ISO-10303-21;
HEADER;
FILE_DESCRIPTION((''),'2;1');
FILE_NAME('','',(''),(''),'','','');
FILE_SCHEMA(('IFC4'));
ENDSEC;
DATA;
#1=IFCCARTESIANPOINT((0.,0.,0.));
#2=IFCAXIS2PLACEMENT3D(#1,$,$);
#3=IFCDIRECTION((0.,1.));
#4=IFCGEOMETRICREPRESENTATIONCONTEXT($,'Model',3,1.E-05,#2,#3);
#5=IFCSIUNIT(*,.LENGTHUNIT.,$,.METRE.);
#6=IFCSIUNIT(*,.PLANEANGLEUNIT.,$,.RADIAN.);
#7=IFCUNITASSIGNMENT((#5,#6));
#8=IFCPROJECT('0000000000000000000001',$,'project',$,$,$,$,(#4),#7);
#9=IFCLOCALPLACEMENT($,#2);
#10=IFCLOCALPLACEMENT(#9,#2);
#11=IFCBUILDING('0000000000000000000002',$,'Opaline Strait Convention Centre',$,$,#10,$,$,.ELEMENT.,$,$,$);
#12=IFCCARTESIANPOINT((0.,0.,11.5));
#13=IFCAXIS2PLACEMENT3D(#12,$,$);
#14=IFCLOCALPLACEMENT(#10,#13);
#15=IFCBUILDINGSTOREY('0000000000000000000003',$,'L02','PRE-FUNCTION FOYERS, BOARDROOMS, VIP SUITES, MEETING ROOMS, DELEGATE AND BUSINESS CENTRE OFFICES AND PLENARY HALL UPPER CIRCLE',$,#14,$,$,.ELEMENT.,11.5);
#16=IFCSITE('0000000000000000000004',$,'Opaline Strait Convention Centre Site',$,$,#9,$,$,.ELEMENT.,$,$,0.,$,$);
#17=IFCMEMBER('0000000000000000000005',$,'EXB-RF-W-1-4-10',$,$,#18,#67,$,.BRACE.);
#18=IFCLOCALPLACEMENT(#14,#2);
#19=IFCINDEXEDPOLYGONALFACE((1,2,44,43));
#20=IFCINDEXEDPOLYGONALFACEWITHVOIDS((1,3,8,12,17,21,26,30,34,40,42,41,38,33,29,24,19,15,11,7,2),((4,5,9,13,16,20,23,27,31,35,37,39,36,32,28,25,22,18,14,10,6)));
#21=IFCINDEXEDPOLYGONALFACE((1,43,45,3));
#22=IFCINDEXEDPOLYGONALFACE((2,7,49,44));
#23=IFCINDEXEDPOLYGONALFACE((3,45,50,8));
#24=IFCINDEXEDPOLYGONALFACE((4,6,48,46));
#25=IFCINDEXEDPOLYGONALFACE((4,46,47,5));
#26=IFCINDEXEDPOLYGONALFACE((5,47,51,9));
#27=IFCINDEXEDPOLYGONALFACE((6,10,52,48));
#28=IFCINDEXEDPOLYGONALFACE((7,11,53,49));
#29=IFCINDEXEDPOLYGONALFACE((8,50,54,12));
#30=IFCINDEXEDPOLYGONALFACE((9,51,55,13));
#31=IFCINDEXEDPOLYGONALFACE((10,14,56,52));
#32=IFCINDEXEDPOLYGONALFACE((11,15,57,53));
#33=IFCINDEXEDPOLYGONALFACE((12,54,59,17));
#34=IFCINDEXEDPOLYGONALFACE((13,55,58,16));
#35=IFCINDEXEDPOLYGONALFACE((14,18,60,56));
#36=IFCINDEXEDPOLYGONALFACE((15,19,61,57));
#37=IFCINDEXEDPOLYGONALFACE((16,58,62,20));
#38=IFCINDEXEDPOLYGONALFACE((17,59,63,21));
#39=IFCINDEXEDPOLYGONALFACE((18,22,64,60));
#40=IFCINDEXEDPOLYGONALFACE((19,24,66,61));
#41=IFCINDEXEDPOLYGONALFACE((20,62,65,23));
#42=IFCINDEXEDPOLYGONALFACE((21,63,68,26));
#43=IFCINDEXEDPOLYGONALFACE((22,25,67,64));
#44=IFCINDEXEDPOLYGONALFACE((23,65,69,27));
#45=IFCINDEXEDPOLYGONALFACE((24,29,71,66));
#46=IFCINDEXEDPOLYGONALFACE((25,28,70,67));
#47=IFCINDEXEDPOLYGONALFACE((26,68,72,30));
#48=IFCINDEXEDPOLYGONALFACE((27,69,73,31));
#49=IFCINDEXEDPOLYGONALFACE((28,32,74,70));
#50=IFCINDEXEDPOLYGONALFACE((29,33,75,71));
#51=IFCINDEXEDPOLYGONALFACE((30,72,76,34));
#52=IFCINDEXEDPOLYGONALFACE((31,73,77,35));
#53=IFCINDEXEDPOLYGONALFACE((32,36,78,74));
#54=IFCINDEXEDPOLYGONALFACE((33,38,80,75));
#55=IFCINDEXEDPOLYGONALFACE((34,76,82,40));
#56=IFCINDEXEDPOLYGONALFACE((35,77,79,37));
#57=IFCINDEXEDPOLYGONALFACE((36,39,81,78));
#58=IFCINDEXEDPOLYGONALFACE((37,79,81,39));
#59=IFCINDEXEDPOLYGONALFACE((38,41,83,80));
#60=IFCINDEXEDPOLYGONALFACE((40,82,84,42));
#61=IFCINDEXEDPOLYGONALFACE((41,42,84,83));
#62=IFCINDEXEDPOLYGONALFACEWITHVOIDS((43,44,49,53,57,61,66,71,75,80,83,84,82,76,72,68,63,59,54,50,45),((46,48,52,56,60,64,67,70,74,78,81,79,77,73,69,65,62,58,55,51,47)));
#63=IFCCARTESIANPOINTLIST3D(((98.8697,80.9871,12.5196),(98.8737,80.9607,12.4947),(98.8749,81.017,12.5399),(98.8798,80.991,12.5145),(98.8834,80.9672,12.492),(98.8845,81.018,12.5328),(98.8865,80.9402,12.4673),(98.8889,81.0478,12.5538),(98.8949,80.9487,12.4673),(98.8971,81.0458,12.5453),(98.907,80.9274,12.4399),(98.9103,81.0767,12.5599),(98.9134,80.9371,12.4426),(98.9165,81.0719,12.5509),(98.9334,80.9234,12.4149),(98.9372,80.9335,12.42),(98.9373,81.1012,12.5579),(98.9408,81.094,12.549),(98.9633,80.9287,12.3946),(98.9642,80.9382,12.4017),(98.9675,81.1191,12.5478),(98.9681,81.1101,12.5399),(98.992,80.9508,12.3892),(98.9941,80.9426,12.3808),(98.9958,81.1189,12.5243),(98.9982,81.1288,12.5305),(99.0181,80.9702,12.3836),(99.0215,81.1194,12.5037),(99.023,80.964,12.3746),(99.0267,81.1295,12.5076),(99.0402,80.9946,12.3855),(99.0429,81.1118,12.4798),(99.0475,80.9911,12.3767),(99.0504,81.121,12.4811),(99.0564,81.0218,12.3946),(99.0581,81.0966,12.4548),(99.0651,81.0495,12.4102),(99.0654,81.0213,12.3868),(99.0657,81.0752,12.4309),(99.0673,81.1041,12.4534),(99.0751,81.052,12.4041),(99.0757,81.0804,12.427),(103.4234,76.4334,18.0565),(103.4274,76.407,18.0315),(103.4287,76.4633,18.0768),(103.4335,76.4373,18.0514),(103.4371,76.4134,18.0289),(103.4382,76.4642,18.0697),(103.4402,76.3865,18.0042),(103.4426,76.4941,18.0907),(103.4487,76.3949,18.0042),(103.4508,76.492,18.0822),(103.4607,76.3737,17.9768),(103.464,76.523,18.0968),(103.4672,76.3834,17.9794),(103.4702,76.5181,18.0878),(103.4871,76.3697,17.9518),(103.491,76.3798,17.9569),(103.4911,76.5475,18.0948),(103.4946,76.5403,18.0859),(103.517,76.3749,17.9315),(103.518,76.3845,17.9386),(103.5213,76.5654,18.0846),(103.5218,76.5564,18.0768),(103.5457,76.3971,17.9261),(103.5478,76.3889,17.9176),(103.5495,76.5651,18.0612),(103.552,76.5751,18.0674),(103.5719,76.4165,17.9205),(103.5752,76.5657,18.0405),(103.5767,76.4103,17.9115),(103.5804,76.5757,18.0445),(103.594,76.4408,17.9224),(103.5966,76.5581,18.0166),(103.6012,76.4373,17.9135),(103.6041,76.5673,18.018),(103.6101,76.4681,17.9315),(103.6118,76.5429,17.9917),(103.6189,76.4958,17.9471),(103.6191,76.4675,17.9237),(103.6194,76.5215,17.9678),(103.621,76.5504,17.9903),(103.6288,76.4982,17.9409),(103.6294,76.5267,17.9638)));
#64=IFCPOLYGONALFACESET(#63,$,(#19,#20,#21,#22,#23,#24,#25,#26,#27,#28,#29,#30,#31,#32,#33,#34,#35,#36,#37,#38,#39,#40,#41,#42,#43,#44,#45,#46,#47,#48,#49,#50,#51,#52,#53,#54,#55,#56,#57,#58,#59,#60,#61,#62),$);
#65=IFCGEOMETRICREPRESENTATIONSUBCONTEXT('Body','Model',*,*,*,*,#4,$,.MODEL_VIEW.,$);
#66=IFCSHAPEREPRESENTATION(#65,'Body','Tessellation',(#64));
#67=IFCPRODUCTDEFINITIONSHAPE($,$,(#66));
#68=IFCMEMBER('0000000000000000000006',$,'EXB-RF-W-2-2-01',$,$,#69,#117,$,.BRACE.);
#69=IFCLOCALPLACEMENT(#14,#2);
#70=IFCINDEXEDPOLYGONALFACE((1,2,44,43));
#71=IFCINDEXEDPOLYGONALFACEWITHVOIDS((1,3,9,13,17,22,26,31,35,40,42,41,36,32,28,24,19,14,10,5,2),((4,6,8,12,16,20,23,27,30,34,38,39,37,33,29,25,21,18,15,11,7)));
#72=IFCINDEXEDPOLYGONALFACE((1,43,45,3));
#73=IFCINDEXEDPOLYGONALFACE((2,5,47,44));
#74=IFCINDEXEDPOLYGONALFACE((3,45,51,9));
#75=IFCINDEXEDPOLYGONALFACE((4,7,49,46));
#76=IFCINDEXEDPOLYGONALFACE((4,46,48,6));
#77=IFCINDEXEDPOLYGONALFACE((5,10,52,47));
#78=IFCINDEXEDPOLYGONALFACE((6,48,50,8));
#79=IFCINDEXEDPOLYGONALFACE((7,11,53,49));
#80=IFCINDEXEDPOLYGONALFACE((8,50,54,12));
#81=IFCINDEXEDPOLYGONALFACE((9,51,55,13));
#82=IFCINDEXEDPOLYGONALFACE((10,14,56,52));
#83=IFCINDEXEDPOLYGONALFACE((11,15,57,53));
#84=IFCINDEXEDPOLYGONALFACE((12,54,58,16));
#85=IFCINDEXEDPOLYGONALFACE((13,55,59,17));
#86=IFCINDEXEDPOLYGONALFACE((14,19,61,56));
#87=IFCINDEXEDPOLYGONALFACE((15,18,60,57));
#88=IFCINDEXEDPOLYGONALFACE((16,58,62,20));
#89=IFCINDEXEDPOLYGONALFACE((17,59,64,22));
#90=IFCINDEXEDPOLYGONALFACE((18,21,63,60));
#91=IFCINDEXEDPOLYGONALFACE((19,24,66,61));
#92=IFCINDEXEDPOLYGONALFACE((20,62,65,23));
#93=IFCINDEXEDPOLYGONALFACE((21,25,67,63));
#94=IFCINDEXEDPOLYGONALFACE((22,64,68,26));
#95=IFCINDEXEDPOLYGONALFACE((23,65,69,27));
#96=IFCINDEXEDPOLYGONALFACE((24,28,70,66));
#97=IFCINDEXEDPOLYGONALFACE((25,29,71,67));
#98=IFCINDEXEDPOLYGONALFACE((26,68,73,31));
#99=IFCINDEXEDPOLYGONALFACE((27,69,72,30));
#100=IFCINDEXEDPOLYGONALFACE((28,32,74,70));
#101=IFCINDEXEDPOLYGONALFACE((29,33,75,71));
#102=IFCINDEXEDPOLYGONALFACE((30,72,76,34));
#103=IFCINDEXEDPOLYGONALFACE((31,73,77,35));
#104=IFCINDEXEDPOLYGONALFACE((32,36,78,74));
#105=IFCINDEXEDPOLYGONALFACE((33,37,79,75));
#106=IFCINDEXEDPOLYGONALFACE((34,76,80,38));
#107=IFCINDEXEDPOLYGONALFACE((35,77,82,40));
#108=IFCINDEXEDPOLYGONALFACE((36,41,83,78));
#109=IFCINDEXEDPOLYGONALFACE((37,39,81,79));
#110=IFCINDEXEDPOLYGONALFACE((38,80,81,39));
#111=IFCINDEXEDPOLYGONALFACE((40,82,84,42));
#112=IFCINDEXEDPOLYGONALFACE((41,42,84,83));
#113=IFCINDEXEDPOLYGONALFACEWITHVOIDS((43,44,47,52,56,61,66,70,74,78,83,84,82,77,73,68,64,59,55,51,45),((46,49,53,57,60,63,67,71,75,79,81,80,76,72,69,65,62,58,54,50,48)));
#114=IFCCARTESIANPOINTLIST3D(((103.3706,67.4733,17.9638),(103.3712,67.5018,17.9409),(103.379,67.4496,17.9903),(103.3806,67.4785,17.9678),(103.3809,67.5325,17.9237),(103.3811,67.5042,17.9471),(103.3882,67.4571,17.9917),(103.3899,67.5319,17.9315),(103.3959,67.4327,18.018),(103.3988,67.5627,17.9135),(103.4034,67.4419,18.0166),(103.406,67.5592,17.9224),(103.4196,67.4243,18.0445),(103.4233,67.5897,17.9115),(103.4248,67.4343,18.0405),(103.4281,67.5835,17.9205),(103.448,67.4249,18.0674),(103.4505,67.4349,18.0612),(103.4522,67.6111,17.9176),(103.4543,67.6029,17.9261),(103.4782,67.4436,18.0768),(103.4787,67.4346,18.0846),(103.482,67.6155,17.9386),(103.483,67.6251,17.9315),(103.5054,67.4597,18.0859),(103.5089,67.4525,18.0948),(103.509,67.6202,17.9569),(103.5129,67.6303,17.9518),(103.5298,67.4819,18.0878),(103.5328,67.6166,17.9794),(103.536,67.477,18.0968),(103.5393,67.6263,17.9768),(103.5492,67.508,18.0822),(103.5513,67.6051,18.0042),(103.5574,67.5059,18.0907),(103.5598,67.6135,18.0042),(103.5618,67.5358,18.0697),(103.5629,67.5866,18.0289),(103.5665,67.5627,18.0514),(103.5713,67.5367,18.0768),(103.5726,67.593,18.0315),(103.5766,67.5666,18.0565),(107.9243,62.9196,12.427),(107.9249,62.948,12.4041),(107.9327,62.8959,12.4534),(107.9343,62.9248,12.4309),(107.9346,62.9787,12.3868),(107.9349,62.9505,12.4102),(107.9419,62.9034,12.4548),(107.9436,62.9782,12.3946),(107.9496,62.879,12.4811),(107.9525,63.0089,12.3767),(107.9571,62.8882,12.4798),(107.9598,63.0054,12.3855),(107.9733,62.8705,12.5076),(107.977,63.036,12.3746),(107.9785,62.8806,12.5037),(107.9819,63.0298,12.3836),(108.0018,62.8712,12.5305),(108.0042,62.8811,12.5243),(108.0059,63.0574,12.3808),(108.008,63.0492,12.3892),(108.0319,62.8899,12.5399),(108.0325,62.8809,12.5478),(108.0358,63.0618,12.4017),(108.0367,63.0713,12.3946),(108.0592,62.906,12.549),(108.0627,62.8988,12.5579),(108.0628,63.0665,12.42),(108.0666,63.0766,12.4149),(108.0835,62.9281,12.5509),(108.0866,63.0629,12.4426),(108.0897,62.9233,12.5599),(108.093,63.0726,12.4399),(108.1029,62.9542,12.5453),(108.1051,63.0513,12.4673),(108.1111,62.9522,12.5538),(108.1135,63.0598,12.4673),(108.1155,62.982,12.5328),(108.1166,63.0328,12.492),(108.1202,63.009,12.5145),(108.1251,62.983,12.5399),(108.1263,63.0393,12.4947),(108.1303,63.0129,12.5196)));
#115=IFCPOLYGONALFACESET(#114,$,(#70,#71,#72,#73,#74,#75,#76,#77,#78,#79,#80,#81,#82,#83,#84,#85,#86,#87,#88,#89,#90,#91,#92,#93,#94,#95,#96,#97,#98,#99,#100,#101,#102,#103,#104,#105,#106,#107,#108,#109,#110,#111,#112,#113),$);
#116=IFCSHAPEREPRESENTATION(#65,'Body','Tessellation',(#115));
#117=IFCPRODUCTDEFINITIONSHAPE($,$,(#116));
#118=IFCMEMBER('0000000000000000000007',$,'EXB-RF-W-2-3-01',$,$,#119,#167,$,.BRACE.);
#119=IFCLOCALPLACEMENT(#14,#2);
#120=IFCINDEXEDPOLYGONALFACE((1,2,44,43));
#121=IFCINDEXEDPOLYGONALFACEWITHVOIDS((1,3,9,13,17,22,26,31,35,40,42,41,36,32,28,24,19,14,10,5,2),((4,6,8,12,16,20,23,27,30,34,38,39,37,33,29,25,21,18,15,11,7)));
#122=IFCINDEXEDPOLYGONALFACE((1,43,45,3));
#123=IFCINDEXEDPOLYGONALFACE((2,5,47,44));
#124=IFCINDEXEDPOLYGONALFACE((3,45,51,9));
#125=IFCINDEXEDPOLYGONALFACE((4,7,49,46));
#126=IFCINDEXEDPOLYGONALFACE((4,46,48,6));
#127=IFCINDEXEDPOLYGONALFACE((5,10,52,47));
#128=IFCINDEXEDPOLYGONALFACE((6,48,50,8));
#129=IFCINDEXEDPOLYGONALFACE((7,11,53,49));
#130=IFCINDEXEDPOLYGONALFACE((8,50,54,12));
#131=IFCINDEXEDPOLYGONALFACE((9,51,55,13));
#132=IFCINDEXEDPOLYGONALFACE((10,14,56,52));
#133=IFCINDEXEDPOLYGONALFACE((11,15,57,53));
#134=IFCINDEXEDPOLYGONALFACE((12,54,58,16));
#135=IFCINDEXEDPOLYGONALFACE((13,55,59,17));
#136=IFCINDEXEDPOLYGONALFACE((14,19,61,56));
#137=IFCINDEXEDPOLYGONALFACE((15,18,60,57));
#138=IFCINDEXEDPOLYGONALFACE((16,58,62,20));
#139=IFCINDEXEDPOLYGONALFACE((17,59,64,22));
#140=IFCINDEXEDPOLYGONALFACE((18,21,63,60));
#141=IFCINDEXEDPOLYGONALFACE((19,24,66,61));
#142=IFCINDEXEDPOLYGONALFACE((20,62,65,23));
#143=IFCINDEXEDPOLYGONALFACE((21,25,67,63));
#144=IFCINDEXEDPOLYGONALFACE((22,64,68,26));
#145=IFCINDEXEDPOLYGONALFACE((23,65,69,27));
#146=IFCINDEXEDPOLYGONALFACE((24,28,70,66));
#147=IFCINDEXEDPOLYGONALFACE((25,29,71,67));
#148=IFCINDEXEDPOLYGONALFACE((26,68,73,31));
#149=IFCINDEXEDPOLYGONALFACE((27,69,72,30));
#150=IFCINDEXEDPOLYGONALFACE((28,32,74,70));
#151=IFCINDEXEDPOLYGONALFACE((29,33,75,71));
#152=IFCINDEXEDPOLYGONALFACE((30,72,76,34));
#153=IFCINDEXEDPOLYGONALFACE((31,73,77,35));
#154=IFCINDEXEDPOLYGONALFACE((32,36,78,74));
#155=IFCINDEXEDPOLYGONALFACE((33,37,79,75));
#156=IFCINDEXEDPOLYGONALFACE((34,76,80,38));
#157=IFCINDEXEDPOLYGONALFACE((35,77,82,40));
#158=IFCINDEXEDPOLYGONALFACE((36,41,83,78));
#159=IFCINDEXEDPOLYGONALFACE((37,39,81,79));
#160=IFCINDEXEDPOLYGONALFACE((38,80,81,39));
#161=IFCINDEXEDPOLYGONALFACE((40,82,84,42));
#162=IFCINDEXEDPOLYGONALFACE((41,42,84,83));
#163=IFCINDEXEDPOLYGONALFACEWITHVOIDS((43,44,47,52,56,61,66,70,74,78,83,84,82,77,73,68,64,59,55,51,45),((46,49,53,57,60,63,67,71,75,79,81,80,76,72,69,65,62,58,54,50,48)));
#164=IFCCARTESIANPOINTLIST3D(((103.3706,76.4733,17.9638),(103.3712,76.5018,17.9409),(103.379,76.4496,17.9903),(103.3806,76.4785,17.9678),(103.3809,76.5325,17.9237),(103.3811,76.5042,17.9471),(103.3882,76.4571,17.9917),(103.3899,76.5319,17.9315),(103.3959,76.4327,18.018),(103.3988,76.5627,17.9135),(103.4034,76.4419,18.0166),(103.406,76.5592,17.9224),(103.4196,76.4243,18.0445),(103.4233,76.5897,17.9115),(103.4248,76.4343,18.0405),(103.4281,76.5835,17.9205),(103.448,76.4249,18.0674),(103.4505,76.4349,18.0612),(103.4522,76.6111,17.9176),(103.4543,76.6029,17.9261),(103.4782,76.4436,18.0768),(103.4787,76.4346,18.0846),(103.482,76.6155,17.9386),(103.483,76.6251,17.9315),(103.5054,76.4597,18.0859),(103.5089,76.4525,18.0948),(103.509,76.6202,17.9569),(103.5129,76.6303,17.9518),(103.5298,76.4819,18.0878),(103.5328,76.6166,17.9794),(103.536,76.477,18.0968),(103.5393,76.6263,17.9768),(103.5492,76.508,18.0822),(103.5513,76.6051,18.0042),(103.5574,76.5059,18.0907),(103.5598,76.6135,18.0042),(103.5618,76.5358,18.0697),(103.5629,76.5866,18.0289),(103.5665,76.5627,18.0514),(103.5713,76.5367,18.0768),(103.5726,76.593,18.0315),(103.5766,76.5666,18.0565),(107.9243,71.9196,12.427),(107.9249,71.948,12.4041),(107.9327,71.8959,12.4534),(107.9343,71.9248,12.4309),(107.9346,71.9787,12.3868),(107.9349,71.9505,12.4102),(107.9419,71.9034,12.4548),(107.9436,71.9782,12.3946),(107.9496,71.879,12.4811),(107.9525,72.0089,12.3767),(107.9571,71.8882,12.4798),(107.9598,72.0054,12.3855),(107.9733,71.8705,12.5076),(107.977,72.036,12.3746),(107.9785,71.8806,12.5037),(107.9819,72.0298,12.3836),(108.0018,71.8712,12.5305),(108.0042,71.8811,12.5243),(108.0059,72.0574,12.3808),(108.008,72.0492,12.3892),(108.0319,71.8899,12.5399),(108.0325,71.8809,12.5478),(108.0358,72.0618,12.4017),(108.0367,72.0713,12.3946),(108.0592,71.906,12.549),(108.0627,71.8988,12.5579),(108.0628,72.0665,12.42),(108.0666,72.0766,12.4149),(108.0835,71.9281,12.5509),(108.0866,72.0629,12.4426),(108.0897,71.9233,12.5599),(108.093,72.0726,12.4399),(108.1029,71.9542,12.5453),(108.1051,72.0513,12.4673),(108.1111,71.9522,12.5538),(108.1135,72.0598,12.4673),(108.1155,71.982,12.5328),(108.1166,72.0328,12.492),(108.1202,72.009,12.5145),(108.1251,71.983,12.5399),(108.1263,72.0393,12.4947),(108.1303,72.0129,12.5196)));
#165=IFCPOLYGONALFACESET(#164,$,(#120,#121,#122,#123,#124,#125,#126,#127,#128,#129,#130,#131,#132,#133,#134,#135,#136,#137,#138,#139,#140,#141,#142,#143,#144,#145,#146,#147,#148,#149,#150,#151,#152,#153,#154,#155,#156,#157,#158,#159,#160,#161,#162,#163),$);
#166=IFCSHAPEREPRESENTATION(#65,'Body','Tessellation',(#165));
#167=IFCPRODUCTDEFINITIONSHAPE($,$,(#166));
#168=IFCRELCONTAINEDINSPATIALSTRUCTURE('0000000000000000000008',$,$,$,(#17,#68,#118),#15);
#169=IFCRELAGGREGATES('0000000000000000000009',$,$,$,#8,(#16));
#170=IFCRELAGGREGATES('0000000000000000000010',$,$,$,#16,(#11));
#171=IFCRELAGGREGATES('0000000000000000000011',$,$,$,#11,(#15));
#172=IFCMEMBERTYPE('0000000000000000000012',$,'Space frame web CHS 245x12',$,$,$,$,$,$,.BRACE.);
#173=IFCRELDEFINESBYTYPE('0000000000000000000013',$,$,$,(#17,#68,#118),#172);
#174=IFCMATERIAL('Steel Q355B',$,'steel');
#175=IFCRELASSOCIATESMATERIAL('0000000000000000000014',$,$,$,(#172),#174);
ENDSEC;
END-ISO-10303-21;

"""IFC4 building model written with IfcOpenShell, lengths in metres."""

from ifc_helpers import new_model, si_unit, direction, frame, origin, origin_2d, place, context, subcontext, project, spatial, hollow_circle, extrude, material, material_profile, profile_set, type_object, element, save


model = new_model("IFC4")

# Units and contexts
model_context = context("Model", 3, precision=1e-05, world=origin(), true_north=direction((0.0, 1.0)))
body_context = subcontext(model_context, "Body", "Model", "MODEL_VIEW")
ifc_project = project(units=[si_unit("LENGTHUNIT", "METRE"), si_unit("PLANEANGLEUNIT", "RADIAN")], contexts=[model_context])

# Site, building, storey
site_placement = place(None, origin())
site = spatial("IfcSite", under=ifc_project, at=site_placement, Name="Opaline Strait Convention Centre Site", CompositionType="ELEMENT", RefElevation=0.0)
building_placement = place(site_placement, origin())
building = spatial("IfcBuilding", under=site, at=building_placement, Name="Opaline Strait Convention Centre", CompositionType="ELEMENT")
storey_placement = place(building_placement, frame((0.0, 0.0, 11.5)))
storey = spatial("IfcBuildingStorey", under=building, at=storey_placement, Name="L02", Description="PRE-FUNCTION FOYERS, BOARDROOMS, VIP SUITES, MEETING ROOMS, DELEGATE AND BUSINESS CENTRE OFFICES AND PLENARY HALL UPPER CIRCLE", CompositionType="ELEMENT", Elevation=11.5)

# Members
ifc_material_1 = material(Name="Steel Q355B", Category="steel")
ifc_material_profile_1 = material_profile(ifc_material_1, hollow_circle(Radius=0.1226, WallThickness=0.012, at=origin_2d()), Name="CHS 245x12")
ifc_profile_set_1 = profile_set([ifc_material_profile_1], Name="Steel Q355B")
member_type_1 = type_object("IfcMemberType", Name="Space frame web CHS 245x12", PredefinedType="BRACE", material=ifc_profile_set_1)
for number, where, z_axis, x_axis, name in (
    (1, (103.5269, 76.4731, 18.0042), (-0.536178, 0.536178, -0.65194), (-0.707107, -0.707107, 0.0), "EXB-RF-W-1-4-10"),
    (2, (103.4731, 67.5269, 18.0042), (0.536178, -0.536178, -0.65194), (0.707107, 0.707107, 0.0), "EXB-RF-W-2-2-01"),
    (3, (103.4731, 76.5269, 18.0042), (0.536178, -0.536178, -0.65194), (0.707107, 0.707107, 0.0), "EXB-RF-W-2-3-01"),
):
    element("IfcMember", number, at=place(storey_placement, frame(where, z_axis=z_axis, x_axis=x_axis)), inside=storey, type_object=member_type_1, Name=name, PredefinedType="BRACE", context=body_context, shape_type="SweptSolid", body=[
        extrude(hollow_circle(Radius=0.1226, WallThickness=0.012, at=origin_2d()), origin(), (0.0, 0.0, 1.0), 8.4929),
    ])

save(model, "model.ifc")
